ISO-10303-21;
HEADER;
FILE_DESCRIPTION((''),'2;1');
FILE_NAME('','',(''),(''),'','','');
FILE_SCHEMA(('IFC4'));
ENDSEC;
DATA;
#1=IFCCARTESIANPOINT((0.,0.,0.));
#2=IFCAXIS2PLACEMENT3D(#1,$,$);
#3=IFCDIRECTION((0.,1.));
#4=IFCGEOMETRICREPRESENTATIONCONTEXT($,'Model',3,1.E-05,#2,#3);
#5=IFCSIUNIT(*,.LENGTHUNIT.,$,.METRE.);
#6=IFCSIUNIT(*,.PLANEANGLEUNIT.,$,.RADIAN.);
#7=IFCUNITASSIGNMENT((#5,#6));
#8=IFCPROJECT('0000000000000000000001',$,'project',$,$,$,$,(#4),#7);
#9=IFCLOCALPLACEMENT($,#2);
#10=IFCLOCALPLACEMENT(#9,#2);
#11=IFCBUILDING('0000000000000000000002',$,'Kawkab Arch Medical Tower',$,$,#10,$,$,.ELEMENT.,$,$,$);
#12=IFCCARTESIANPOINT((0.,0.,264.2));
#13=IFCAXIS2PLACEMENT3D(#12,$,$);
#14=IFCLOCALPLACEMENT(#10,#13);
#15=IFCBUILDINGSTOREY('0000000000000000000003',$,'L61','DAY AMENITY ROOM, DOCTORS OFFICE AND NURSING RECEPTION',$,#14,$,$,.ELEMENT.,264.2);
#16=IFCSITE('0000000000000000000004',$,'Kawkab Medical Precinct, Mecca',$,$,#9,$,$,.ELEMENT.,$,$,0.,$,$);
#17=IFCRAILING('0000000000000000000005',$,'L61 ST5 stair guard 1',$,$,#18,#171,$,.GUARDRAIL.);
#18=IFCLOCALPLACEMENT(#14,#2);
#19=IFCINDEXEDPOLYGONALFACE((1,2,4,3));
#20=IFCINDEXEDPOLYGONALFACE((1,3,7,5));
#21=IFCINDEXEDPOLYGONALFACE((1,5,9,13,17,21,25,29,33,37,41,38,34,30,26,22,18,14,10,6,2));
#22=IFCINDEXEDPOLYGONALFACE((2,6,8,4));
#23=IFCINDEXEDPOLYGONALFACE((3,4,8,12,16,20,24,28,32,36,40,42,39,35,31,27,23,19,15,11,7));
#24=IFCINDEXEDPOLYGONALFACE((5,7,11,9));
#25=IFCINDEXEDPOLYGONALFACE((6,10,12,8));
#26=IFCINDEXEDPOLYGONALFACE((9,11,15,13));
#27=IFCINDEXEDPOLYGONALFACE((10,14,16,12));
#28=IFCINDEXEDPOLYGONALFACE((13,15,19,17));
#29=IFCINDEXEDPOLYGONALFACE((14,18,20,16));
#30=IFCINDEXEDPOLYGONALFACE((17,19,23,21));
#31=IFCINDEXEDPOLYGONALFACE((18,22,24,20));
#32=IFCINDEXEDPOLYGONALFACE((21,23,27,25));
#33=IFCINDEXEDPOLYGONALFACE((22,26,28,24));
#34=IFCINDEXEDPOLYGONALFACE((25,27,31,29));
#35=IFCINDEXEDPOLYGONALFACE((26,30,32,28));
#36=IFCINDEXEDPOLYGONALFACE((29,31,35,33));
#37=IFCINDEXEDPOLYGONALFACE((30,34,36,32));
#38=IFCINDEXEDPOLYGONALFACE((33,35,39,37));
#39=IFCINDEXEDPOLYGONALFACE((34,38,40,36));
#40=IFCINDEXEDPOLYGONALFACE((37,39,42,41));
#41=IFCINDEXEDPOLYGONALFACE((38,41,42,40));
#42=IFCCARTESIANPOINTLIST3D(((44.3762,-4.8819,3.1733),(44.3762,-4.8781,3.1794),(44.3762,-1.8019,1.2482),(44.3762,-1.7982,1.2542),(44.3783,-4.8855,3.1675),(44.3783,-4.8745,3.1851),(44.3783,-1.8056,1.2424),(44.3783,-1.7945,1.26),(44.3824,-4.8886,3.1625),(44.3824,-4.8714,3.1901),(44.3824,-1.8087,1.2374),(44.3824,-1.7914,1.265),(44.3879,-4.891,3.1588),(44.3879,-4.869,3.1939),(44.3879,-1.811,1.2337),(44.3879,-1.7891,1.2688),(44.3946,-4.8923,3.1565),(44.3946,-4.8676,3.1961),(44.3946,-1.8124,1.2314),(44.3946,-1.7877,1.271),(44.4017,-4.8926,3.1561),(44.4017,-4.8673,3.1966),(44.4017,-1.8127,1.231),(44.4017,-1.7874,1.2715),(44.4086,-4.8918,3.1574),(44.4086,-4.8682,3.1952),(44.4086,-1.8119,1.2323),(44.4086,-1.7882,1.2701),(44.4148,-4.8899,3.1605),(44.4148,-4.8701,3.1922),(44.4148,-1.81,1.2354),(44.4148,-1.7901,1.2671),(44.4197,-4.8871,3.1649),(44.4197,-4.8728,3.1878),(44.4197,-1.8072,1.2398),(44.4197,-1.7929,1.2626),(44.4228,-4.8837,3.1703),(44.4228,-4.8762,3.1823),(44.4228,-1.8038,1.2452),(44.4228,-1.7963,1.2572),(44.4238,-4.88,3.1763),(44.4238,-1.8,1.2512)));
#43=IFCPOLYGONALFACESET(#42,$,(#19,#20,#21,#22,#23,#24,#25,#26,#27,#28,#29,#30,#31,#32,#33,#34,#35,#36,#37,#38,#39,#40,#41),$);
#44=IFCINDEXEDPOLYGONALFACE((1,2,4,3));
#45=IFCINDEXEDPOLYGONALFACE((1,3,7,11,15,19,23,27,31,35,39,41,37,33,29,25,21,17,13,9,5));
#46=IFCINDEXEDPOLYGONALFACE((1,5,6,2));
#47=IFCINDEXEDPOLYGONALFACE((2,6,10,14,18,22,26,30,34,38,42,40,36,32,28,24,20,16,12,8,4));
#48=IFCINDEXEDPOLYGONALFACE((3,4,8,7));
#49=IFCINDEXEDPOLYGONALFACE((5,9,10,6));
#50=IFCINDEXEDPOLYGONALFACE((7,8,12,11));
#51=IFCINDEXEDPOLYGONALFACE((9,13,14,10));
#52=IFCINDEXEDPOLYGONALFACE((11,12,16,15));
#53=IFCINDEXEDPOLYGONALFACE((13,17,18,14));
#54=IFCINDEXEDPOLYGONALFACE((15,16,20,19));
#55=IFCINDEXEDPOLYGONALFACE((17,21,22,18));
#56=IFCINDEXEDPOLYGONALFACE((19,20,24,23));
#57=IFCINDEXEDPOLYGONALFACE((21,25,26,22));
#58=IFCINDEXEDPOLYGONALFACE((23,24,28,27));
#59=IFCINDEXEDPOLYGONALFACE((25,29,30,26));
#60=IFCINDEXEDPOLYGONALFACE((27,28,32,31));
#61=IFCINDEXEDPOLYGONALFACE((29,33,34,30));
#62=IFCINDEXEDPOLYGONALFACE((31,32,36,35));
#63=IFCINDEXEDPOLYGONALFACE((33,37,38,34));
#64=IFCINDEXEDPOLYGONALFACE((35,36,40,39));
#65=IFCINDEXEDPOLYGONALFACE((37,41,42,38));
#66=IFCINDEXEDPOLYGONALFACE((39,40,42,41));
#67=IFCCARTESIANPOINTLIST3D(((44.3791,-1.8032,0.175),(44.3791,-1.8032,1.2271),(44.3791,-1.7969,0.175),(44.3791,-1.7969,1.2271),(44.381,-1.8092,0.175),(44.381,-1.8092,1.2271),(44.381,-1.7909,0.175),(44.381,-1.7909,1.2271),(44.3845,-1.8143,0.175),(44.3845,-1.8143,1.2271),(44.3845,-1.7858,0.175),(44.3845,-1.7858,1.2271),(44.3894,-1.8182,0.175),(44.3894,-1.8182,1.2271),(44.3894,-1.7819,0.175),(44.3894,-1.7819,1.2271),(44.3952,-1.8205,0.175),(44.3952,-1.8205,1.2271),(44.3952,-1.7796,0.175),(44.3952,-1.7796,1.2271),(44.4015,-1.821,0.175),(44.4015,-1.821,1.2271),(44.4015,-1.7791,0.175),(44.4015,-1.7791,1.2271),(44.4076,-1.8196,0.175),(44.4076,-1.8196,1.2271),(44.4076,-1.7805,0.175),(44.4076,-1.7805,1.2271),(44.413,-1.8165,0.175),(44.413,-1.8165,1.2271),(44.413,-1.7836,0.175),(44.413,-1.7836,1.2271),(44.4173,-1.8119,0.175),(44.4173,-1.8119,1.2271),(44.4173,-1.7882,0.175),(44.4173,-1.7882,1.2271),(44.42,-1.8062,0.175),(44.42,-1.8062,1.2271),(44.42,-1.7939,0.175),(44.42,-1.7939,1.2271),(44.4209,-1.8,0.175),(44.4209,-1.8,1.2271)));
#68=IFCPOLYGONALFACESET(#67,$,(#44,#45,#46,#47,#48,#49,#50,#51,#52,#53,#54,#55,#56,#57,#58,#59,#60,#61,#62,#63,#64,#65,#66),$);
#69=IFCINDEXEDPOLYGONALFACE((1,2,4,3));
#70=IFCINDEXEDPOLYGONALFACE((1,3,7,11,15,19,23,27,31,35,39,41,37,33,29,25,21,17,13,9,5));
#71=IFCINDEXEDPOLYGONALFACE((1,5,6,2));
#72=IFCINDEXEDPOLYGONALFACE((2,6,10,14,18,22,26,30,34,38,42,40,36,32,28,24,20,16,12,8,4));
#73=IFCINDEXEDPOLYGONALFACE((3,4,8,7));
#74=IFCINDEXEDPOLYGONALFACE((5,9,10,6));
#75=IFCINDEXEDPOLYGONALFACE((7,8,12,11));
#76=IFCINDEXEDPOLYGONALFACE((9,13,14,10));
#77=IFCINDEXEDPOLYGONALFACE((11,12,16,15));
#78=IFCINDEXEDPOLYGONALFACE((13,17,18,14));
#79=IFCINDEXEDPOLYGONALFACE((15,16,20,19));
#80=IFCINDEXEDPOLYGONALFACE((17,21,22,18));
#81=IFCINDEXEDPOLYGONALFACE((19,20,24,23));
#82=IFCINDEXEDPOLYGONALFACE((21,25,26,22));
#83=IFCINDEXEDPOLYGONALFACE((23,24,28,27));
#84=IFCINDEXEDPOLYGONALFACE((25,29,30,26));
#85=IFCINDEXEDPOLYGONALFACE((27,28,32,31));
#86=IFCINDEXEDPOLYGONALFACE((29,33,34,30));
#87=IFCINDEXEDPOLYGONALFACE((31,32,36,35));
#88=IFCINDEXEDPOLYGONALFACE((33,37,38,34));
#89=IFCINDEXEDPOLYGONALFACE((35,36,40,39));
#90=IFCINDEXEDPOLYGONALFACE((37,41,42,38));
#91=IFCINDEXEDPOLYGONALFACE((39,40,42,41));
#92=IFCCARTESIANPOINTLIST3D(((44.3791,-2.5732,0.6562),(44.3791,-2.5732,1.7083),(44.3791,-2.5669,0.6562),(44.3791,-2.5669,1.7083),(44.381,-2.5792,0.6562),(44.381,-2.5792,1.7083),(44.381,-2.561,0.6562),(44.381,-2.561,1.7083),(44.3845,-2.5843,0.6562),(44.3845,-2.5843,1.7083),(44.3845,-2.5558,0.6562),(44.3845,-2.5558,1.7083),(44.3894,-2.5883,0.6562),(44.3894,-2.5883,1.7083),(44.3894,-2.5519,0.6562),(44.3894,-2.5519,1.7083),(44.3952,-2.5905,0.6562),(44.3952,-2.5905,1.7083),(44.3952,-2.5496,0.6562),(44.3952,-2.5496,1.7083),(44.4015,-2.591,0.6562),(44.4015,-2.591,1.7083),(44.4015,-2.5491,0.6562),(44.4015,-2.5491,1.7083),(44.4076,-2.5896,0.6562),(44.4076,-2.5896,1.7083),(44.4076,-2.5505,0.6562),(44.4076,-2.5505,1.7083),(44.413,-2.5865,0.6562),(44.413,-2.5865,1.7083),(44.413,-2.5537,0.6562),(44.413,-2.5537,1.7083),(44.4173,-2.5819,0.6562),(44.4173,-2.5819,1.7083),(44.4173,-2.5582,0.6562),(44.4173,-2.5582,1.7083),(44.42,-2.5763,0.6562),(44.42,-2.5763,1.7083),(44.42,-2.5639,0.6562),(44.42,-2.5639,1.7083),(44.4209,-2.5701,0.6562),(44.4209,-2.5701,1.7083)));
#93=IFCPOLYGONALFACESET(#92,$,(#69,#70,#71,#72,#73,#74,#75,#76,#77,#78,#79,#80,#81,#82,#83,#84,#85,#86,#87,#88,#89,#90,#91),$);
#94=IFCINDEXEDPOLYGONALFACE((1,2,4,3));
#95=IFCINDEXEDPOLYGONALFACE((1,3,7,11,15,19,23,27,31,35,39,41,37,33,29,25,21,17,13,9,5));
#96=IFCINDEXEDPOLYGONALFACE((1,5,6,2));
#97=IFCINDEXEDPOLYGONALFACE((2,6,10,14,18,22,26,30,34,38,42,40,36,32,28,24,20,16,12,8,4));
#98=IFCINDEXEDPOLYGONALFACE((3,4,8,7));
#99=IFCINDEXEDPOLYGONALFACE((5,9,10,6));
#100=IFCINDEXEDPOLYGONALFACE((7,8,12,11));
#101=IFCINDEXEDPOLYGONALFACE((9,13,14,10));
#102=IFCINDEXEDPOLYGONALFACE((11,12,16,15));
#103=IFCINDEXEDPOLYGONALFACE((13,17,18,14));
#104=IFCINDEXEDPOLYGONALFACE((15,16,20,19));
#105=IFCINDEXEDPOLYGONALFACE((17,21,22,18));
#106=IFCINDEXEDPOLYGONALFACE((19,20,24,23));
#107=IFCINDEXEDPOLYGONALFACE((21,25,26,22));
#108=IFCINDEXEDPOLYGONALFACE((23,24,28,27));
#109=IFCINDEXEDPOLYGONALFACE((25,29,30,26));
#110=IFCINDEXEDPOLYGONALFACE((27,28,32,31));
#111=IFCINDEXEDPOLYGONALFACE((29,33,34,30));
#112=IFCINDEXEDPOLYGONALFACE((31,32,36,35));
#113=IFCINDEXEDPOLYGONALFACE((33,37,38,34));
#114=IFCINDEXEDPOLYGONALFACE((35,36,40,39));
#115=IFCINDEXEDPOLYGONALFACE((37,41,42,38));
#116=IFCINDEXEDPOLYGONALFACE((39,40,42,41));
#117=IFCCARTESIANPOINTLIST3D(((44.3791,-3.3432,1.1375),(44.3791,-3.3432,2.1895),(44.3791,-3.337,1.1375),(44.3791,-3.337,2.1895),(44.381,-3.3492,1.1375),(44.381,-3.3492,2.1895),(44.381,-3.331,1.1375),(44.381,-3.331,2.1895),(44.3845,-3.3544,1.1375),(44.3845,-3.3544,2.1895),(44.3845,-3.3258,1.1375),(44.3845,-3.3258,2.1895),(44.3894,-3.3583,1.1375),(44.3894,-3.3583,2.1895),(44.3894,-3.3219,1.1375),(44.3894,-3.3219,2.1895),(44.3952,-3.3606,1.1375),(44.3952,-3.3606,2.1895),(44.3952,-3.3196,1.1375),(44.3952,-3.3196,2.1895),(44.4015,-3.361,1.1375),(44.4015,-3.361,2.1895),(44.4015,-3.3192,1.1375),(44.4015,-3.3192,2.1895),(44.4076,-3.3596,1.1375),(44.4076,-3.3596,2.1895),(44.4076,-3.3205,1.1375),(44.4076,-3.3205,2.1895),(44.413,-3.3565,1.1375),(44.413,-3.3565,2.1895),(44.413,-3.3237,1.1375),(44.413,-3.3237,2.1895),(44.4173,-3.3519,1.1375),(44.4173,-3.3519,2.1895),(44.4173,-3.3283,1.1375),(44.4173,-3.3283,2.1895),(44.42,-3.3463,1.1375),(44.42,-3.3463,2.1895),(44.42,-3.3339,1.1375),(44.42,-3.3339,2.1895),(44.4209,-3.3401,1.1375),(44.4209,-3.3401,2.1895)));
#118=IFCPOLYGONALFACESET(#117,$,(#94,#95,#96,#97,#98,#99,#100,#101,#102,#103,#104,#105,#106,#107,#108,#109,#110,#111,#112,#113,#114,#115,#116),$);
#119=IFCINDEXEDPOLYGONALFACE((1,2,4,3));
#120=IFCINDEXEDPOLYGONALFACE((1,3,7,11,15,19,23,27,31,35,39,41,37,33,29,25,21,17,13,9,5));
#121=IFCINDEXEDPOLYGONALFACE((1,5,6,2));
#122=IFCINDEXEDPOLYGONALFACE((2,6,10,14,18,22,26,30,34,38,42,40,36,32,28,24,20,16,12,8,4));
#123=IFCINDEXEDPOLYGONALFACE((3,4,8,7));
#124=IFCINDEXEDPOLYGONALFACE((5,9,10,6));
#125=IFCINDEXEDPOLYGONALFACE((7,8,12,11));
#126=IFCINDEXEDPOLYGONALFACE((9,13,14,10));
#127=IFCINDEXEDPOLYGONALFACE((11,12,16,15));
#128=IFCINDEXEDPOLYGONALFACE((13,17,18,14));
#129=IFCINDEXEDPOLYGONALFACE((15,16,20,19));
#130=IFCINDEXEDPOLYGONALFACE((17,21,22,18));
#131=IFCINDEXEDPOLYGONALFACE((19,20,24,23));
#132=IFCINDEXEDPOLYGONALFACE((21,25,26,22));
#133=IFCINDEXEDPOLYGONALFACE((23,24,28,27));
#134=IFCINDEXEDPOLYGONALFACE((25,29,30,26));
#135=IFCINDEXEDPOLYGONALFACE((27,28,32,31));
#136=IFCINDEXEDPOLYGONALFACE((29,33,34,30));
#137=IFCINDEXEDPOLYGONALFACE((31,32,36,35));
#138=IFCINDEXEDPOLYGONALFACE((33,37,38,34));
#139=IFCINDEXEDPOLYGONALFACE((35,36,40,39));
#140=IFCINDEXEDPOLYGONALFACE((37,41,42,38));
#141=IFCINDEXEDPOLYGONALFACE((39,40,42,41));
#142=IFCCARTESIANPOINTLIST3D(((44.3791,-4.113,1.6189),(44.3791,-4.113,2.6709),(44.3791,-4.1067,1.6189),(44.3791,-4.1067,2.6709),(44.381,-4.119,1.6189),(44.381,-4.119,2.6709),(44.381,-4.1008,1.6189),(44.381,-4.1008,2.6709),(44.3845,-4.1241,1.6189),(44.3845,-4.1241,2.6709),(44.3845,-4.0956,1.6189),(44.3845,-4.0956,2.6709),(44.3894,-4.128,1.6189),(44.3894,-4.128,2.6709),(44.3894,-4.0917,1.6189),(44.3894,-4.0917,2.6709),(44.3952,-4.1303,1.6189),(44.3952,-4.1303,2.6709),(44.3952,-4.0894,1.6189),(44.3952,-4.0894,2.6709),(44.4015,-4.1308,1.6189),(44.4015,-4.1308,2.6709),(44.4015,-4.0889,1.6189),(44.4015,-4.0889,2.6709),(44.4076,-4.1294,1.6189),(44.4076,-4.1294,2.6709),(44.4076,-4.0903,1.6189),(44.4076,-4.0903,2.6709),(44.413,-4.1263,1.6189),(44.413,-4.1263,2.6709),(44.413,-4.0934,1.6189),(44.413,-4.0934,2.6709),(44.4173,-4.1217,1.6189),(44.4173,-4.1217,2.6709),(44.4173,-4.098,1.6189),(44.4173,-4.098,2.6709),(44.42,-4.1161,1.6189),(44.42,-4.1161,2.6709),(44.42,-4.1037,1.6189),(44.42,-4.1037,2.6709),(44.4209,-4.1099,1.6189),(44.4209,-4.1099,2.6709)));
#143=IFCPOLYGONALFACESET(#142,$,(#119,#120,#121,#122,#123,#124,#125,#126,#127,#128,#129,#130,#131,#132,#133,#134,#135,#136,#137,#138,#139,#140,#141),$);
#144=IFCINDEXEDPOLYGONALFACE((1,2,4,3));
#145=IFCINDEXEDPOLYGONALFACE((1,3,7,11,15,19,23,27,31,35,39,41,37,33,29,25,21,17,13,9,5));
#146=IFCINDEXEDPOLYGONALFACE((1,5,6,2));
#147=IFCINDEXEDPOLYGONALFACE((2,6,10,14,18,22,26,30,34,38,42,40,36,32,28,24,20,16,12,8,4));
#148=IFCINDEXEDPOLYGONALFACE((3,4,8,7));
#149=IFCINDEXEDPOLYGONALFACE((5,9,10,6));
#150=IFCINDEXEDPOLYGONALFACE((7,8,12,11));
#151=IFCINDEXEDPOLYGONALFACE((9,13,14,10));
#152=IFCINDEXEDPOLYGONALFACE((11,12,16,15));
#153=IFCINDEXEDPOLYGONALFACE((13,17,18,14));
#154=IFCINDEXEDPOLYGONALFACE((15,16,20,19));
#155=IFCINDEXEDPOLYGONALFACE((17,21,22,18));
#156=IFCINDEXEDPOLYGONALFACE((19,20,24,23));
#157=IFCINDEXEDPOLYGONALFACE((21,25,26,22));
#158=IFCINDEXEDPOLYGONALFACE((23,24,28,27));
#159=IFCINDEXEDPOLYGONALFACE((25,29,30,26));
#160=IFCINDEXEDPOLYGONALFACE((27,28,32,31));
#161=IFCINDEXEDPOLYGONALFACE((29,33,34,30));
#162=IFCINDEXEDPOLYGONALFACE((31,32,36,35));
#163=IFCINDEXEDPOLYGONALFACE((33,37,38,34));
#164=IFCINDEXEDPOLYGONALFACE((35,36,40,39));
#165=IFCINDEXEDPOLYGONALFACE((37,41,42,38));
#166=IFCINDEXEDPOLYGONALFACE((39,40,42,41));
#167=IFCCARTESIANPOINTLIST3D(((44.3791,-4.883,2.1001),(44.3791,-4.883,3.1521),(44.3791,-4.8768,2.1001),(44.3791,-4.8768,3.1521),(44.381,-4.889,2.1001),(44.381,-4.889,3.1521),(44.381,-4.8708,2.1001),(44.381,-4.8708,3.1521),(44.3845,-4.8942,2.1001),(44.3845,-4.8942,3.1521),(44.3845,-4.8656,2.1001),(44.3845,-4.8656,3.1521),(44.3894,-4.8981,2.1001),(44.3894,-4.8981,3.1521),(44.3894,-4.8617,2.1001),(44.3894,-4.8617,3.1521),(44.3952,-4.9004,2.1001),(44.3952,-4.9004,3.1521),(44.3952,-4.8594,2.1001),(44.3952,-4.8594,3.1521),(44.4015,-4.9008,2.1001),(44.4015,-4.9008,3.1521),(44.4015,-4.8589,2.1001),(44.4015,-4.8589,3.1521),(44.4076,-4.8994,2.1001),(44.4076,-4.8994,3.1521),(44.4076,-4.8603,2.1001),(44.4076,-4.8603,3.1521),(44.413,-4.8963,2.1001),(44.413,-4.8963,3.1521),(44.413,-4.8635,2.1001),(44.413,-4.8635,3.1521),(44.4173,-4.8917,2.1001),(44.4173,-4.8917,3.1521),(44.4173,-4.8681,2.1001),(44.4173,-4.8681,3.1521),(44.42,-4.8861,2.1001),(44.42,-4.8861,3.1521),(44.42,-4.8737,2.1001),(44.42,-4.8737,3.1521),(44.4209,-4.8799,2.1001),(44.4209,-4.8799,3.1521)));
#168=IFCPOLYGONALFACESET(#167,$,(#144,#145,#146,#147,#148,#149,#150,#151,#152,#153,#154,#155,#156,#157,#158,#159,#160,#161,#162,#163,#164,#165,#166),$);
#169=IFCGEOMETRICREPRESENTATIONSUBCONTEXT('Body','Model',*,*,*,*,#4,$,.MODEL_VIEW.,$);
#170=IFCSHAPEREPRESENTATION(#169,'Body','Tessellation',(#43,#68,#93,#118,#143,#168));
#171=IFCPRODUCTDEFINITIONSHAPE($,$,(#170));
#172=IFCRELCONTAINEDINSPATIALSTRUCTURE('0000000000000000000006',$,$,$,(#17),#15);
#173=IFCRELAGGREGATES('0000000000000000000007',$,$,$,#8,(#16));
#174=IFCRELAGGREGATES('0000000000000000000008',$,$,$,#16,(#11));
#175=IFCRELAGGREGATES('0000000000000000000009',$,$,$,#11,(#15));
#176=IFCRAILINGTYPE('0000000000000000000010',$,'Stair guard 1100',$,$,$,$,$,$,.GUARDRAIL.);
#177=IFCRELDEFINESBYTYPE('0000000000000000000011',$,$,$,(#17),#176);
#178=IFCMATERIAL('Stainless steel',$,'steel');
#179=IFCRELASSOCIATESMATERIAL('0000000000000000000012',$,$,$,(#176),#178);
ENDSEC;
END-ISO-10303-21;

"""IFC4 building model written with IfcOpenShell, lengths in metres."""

from ifc_helpers import new_model, si_unit, direction, frame, origin, origin_2d, place, context, subcontext, project, spatial, circle, extrude, material, type_object, element, save


model = new_model("IFC4")

# Units and contexts
model_context = context("Model", 3, precision=1e-05, world=origin(), true_north=direction((0.0, 1.0)))
body_context = subcontext(model_context, "Body", "Model", "MODEL_VIEW")
ifc_project = project(units=[si_unit("LENGTHUNIT", "METRE"), si_unit("PLANEANGLEUNIT", "RADIAN")], contexts=[model_context])

# Site, building, storey
site_placement = place(None, origin())
site = spatial("IfcSite", under=ifc_project, at=site_placement, Name="Kawkab Medical Precinct, Mecca", CompositionType="ELEMENT", RefElevation=0.0)
building_placement = place(site_placement, origin())
building = spatial("IfcBuilding", under=site, at=building_placement, Name="Kawkab Arch Medical Tower", CompositionType="ELEMENT")
storey_placement = place(building_placement, frame((0.0, 0.0, 264.2)))
storey = spatial("IfcBuildingStorey", under=building, at=storey_placement, Name="L61", Description="DAY AMENITY ROOM, DOCTORS OFFICE AND NURSING RECEPTION", CompositionType="ELEMENT", Elevation=264.2)

# Railing
ifc_material_1 = material(Name="Stainless steel", Category="steel")
railing_type = type_object("IfcRailingType", Name="Stair guard 1100", PredefinedType="GUARDRAIL", material=ifc_material_1)
railing_1_placement = place(storey_placement, frame((44.3999, -1.8, 0.175)))
element("IfcRailing", 1, at=railing_1_placement, inside=storey, type_object=railing_type, Name="L61 ST5 stair guard 1", PredefinedType="GUARDRAIL", context=body_context, shape_type="SweptSolid", body=[
    extrude(circle(Radius=0.0239, at=origin_2d()), frame((0.0, 0.0, 1.0762), z_axis=(0.0, -0.847979, 0.530029), x_axis=(1.0, 0.0, 0.0)), (0.0, 0.0, 1.0), 3.6321),
    extrude(circle(Radius=0.021, at=origin_2d()), origin(), (0.0, 0.0, 1.0), 1.052),
    extrude(circle(Radius=0.021, at=origin_2d()), frame((0.0, -0.77, 0.4812)), (0.0, 0.0, 1.0), 1.052),
    extrude(circle(Radius=0.021, at=origin_2d()), frame((0.0, -1.54, 0.9624)), (0.0, 0.0, 1.0), 1.052),
    extrude(circle(Radius=0.021, at=origin_2d()), frame((0.0, -2.3098, 1.4438)), (0.0, 0.0, 1.0), 1.052),
    extrude(circle(Radius=0.021, at=origin_2d()), frame((0.0, -3.0798, 1.925)), (0.0, 0.0, 1.0), 1.052),
])

save(model, "model.ifc")
